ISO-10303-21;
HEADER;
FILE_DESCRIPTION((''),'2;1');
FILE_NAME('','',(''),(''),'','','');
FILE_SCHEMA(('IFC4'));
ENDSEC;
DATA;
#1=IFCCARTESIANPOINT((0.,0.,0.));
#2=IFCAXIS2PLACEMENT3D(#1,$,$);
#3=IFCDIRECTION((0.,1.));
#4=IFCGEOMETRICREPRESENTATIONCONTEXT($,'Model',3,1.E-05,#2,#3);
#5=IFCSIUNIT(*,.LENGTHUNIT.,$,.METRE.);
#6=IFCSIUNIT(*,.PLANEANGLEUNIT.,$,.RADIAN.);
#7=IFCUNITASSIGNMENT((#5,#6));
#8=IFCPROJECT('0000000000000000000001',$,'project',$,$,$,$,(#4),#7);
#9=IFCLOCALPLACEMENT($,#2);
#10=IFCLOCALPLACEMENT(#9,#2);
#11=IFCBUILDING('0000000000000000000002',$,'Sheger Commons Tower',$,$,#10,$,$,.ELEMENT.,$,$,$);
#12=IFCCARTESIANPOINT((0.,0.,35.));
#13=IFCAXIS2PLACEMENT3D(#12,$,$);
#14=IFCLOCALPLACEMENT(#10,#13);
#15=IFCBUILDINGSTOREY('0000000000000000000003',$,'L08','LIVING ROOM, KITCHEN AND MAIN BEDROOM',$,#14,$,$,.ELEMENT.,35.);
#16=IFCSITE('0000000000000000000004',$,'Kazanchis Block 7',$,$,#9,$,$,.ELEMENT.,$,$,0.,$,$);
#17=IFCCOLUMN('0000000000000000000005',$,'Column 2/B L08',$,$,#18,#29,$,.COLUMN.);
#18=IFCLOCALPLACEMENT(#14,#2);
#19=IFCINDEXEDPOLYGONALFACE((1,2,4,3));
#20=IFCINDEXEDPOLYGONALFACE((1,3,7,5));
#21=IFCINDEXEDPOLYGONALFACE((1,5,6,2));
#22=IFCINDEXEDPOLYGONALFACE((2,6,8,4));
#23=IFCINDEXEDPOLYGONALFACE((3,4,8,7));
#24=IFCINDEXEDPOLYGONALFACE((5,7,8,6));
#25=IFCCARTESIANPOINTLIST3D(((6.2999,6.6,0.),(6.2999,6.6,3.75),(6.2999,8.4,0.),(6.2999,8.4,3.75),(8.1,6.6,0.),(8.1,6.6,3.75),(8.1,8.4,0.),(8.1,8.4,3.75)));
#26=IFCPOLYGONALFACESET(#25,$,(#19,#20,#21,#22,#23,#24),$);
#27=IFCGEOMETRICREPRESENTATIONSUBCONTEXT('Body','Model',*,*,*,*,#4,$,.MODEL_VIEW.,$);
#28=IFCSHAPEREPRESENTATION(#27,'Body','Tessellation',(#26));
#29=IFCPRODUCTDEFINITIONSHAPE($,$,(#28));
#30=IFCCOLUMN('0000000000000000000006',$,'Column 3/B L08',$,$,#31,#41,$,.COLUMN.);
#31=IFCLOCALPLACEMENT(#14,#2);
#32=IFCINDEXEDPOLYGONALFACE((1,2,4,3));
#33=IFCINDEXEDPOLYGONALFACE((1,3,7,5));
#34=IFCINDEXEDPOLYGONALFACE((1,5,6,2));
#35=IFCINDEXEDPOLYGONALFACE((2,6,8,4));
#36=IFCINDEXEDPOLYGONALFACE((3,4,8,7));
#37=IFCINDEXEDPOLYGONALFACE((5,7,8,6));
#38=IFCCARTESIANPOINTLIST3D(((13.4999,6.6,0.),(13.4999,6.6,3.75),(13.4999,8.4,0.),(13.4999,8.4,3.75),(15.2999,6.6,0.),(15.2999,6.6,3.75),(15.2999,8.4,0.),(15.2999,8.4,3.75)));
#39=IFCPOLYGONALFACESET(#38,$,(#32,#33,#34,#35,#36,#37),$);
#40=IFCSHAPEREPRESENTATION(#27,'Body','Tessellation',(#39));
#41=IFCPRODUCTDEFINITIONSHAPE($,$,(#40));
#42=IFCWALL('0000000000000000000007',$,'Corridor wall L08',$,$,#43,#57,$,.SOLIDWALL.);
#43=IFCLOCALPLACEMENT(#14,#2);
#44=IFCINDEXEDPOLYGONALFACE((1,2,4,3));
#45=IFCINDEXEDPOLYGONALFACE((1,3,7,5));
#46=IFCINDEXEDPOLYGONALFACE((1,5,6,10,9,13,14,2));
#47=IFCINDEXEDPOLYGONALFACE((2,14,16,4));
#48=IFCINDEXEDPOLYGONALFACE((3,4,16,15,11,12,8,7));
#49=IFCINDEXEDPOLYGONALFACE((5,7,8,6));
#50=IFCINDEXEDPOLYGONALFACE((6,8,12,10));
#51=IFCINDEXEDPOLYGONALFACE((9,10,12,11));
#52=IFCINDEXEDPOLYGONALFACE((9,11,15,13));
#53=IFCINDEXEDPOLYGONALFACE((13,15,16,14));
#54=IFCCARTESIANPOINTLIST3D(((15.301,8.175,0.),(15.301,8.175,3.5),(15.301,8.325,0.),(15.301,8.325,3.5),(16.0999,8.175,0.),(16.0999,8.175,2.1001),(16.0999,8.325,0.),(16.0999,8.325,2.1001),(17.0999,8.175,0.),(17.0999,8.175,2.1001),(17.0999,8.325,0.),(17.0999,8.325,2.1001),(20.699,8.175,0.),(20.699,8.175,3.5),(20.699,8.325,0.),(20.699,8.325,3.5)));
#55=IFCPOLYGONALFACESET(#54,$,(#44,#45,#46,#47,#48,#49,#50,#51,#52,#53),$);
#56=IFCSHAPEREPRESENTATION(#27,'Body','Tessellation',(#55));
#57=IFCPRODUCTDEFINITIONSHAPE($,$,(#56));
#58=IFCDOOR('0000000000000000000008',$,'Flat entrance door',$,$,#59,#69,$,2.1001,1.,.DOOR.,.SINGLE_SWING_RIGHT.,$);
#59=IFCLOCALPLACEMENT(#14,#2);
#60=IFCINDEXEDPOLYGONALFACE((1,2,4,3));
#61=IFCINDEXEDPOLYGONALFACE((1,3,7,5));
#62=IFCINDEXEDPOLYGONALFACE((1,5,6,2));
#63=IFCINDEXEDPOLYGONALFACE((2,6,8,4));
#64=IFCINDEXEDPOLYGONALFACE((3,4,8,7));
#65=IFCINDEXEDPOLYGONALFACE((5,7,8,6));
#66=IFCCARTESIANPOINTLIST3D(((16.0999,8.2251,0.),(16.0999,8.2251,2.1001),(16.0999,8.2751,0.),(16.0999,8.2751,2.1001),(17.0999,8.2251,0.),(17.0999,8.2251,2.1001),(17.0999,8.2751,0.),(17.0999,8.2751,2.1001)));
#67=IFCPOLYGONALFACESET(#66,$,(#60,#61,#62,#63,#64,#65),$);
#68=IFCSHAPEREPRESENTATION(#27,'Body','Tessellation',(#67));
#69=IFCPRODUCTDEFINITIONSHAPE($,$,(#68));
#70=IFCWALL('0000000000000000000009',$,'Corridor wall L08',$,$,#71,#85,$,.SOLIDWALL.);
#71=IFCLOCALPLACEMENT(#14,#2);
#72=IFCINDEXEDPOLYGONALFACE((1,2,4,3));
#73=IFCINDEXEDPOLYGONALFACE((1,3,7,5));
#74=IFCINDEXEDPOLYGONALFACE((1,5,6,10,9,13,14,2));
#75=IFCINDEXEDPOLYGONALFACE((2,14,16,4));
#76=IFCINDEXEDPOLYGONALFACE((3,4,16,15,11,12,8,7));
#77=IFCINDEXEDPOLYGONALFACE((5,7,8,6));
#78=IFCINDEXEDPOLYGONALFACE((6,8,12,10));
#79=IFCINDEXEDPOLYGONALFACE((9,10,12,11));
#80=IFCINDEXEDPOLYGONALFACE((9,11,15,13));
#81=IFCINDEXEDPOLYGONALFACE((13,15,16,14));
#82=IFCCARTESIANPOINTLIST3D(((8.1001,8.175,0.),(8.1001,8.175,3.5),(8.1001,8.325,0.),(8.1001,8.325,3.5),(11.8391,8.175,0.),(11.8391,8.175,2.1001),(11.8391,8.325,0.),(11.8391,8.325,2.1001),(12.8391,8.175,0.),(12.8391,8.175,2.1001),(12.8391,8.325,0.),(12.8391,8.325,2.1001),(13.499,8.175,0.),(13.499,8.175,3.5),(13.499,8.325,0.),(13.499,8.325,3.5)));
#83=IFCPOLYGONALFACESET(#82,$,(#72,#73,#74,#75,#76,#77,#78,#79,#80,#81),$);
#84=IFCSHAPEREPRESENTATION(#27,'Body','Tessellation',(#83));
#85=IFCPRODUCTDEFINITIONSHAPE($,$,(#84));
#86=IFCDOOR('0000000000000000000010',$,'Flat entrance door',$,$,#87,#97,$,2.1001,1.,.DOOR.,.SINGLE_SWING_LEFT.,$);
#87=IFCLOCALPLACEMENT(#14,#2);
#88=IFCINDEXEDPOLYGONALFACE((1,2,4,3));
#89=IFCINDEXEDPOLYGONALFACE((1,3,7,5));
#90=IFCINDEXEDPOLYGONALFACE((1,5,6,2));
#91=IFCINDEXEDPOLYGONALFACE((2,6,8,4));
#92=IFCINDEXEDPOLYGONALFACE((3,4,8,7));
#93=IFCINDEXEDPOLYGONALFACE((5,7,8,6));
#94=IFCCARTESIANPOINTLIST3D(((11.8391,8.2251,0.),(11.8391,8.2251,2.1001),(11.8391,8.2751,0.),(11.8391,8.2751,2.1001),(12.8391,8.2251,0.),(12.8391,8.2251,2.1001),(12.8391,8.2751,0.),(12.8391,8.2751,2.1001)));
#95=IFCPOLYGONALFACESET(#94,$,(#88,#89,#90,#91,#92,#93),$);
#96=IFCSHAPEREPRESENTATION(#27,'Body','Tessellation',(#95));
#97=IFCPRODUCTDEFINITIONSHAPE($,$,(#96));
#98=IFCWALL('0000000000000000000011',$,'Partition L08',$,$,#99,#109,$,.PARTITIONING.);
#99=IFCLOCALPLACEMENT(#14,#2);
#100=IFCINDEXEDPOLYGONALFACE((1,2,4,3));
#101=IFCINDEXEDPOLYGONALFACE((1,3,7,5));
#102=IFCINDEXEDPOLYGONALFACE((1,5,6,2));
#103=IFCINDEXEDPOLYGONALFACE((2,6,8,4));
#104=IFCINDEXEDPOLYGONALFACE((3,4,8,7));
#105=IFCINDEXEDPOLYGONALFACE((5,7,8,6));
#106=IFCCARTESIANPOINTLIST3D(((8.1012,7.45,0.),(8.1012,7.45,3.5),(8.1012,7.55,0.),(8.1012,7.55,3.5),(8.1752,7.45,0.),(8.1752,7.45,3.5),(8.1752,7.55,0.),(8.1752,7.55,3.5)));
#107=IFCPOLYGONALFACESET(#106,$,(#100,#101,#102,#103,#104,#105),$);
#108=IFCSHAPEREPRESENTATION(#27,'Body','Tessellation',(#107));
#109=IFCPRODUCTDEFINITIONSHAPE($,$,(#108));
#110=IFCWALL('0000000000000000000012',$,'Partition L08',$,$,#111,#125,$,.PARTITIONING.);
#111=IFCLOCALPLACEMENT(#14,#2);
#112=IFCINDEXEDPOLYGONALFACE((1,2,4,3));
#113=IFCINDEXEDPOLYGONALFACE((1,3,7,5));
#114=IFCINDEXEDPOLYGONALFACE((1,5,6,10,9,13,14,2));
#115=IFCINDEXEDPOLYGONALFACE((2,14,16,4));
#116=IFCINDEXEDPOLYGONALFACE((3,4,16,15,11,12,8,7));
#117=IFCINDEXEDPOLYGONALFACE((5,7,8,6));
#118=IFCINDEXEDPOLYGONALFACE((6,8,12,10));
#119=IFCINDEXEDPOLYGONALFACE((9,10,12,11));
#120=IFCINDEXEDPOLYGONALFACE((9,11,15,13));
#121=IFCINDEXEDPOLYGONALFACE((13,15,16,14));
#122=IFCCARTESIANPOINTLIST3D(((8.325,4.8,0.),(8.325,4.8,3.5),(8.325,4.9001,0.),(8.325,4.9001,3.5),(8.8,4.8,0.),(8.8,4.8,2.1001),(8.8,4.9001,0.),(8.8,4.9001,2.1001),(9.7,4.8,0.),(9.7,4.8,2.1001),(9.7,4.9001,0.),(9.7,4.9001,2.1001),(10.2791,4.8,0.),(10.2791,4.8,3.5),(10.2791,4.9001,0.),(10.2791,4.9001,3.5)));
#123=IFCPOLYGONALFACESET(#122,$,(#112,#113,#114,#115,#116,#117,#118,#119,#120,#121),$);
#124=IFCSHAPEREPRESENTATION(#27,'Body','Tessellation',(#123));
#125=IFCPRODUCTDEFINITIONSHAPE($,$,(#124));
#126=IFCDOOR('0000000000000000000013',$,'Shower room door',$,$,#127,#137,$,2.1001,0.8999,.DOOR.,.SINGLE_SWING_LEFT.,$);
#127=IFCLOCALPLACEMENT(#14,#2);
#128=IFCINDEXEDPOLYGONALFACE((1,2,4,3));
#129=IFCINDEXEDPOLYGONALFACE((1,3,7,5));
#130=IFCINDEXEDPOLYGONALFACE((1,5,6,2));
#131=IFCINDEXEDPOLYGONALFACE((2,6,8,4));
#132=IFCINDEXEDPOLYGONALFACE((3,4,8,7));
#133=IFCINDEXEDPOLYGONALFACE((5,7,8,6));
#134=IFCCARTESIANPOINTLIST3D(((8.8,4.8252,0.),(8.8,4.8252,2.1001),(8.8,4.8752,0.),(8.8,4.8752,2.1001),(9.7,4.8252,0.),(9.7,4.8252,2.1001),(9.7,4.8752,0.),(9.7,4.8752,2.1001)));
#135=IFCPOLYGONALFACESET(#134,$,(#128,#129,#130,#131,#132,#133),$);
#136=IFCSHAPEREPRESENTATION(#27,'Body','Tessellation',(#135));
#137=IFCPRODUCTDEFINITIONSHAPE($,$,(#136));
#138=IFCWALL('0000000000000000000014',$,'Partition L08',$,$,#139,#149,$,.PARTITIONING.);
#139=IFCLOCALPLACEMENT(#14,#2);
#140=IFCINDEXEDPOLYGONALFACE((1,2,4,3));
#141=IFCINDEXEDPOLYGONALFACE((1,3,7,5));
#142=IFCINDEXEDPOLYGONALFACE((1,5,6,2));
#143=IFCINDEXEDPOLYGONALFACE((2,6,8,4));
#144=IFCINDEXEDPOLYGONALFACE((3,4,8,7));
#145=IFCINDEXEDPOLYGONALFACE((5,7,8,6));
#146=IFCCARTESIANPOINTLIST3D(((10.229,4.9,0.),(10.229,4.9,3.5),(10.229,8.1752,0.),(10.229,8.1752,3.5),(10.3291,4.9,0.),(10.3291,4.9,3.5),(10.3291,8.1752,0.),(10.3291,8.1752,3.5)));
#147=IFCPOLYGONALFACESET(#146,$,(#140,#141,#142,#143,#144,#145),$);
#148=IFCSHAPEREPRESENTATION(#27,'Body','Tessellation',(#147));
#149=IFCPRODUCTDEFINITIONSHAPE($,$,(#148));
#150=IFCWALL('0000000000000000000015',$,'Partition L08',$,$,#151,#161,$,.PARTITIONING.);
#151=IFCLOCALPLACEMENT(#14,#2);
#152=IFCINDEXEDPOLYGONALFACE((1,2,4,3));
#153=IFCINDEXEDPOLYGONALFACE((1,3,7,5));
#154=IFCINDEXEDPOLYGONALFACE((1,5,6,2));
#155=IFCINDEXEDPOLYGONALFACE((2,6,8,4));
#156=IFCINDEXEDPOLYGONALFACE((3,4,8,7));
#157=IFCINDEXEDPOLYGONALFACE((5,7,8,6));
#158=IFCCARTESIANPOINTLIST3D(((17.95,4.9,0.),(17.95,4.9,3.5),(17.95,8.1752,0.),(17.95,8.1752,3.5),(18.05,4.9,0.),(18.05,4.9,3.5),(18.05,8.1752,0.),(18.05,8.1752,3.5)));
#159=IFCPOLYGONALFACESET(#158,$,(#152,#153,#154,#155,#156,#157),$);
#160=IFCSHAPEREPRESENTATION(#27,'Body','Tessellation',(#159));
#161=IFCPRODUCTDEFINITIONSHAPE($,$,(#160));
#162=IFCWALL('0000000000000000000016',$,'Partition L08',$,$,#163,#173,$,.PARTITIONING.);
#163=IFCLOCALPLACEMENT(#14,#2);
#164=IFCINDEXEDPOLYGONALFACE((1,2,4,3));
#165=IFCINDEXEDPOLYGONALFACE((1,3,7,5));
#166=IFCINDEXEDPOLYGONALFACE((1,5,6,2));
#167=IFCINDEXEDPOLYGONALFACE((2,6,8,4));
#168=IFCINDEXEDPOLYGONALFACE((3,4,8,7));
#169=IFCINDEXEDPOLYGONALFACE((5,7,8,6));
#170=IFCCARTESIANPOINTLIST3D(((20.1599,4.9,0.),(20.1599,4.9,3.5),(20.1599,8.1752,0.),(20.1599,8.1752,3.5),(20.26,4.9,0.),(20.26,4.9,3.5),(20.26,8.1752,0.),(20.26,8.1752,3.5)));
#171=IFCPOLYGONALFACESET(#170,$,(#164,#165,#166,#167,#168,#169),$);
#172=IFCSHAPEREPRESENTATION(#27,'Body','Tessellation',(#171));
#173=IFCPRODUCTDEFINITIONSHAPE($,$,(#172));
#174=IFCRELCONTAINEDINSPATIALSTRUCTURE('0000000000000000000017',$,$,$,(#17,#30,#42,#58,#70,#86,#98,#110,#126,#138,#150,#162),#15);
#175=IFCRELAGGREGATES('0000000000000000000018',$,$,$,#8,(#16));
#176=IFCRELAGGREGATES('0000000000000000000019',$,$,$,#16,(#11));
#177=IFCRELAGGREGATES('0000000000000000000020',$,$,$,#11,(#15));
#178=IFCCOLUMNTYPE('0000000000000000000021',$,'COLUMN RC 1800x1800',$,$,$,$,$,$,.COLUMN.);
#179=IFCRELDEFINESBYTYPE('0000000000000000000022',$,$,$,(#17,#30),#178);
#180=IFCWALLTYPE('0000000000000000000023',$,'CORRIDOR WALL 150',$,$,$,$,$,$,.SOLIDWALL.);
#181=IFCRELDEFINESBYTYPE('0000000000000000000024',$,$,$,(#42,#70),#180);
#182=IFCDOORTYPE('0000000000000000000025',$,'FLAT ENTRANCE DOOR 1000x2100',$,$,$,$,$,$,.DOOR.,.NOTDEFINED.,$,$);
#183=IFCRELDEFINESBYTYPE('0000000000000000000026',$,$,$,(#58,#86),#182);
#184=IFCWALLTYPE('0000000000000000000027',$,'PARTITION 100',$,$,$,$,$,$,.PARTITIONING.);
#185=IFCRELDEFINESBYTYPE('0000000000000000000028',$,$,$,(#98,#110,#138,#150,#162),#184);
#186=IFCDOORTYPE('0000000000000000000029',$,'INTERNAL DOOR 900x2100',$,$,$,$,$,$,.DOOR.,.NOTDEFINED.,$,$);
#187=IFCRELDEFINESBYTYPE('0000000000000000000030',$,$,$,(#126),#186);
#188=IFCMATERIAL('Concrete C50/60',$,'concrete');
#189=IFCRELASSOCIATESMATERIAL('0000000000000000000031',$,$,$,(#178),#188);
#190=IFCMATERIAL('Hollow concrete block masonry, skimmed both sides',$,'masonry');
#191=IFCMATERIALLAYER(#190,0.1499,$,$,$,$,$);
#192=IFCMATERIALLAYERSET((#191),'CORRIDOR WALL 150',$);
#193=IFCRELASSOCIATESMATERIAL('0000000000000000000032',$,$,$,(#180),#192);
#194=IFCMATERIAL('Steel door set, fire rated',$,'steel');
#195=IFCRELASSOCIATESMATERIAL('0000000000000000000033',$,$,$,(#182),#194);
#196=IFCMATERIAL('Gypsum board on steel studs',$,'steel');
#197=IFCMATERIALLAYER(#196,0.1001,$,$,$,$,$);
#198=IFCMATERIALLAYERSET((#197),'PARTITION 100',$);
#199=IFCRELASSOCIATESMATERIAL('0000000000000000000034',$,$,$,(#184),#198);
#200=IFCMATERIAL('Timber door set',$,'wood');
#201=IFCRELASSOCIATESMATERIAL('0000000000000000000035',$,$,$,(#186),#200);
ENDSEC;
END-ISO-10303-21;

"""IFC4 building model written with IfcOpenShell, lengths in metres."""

from ifc_helpers import new_model, si_unit, direction, frame, frame_2d, origin, origin_2d, place, context, subcontext, project, spatial, rectangle, extrude, material, layer, layer_set, material_profile, profile_set, type_object, element, fill, save


model = new_model("IFC4")

# Units and contexts
model_context = context("Model", 3, precision=1e-05, world=origin(), true_north=direction((0.0, 1.0)))
body_context = subcontext(model_context, "Body", "Model", "MODEL_VIEW")
ifc_project = project(units=[si_unit("LENGTHUNIT", "METRE"), si_unit("PLANEANGLEUNIT", "RADIAN")], contexts=[model_context])

# Site, building, storey
site_placement = place(None, origin())
site = spatial("IfcSite", under=ifc_project, at=site_placement, Name="Kazanchis Block 7", CompositionType="ELEMENT", RefElevation=0.0)
building_placement = place(site_placement, origin())
building = spatial("IfcBuilding", under=site, at=building_placement, Name="Sheger Commons Tower", CompositionType="ELEMENT")
storey_placement = place(building_placement, frame((0.0, 0.0, 35.0)))
storey = spatial("IfcBuildingStorey", under=building, at=storey_placement, Name="L08", Description="LIVING ROOM, KITCHEN AND MAIN BEDROOM", CompositionType="ELEMENT", Elevation=35.0)

# Columns
ifc_material_1 = material(Name="Concrete C50/60", Category="concrete")
ifc_material_profile = material_profile(ifc_material_1, rectangle(XDim=1.8, YDim=1.8, at=origin_2d()), Name="RC 1800x1800")
ifc_profile_set = profile_set([ifc_material_profile], Name="Concrete C50/60")
column_type = type_object("IfcColumnType", Name="COLUMN RC 1800x1800", PredefinedType="COLUMN", material=ifc_profile_set)
for number, where, z_axis, x_axis, name in (
    (1, (7.2, 7.5, 0.0), (0.0, 0.0, 1.0), (1.0, 0.0, 0.0), "Column 2/B L08"),
    (2, (14.3999, 7.5, 0.0), (0.0, 0.0, 1.0), (1.0, 0.0, 0.0), "Column 3/B L08"),
):
    element("IfcColumn", number, at=place(storey_placement, frame(where, z_axis=z_axis, x_axis=x_axis)), inside=storey, type_object=column_type, Name=name, PredefinedType="COLUMN", context=body_context, shape_type="SweptSolid", body=[
        extrude(rectangle(XDim=1.8, YDim=1.8, at=origin_2d()), origin(), (0.0, 0.0, 1.0), 3.75),
    ])

# Walls, openings, doors
ifc_material_2 = material(Name="Hollow concrete block masonry, skimmed both sides", Category="masonry")
ifc_layer_1 = layer(ifc_material_2, 0.1499)
ifc_layer_set_1 = layer_set([ifc_layer_1], Name="CORRIDOR WALL 150")
wall_type_1 = type_object("IfcWallType", Name="CORRIDOR WALL 150", PredefinedType="SOLIDWALL", material=ifc_layer_set_1)
wall_1_placement = place(storey_placement, frame((20.699, 8.25, 0.0), z_axis=(0.0, 0.0, 1.0), x_axis=(-1.0, 0.0, 0.0)))
wall_1 = element("IfcWall", 3, at=wall_1_placement, inside=storey, type_object=wall_type_1, Name="Corridor wall L08", PredefinedType="SOLIDWALL", context=body_context, shape_type="SweptSolid", body=[
    extrude(rectangle(XDim=5.3979, YDim=0.1499, at=frame_2d((2.699, 0.0))), origin(), (0.0, 0.0, 1.0), 3.5),
])
opening_1_placement = place(wall_1_placement, frame((3.5991, 0.0, 0.0)))
opening_1 = element("IfcOpeningElement", 4, at=opening_1_placement, cuts=wall_1, PredefinedType="OPENING", context=body_context, shape_type="SweptSolid", body=[
    extrude(rectangle(XDim=1.0, YDim=2.1001, at=frame_2d((0.5, 1.05))), frame((0.0, 0.085, 0.0), z_axis=(0.0, -1.0, 0.0), x_axis=(1.0, 0.0, 0.0)), (0.0, 0.0, 1.0), 0.1699),
])
ifc_material_3 = material(Name="Steel door set, fire rated", Category="steel")
door_type_1 = type_object("IfcDoorType", Name="FLAT ENTRANCE DOOR 1000x2100", OperationType="NOTDEFINED", PredefinedType="DOOR", material=ifc_material_3)
door_1_placement = place(opening_1_placement, origin())
door_1 = element("IfcDoor", 5, at=door_1_placement, inside=storey, type_object=door_type_1, Name="Flat entrance door", OperationType="SINGLE_SWING_RIGHT", OverallHeight=2.1001, OverallWidth=1.0, PredefinedType="DOOR", context=body_context, shape_type="SweptSolid", body=[
    extrude(rectangle(XDim=1.0, YDim=2.1001, at=frame_2d((0.5, 1.05))), frame((0.0, 0.0249, 0.0), z_axis=(0.0, -1.0, 0.0), x_axis=(1.0, 0.0, 0.0)), (0.0, 0.0, 1.0), 0.05),
])
fill(opening_1, door_1)
wall_2_placement = place(storey_placement, frame((13.499, 8.25, 0.0), z_axis=(0.0, 0.0, 1.0), x_axis=(-1.0, 0.0, 0.0)))
wall_2 = element("IfcWall", 6, at=wall_2_placement, inside=storey, type_object=wall_type_1, Name="Corridor wall L08", PredefinedType="SOLIDWALL", context=body_context, shape_type="SweptSolid", body=[
    extrude(rectangle(XDim=5.3989, YDim=0.1499, at=frame_2d((2.6995, 0.0))), origin(), (0.0, 0.0, 1.0), 3.5),
])
opening_2_placement = place(wall_2_placement, frame((0.6599, 0.0, 0.0)))
opening_2 = element("IfcOpeningElement", 7, at=opening_2_placement, cuts=wall_2, PredefinedType="OPENING", context=body_context, shape_type="SweptSolid", body=[
    extrude(rectangle(XDim=1.0, YDim=2.1001, at=frame_2d((0.5, 1.05))), frame((0.0, 0.085, 0.0), z_axis=(0.0, -1.0, 0.0), x_axis=(1.0, 0.0, 0.0)), (0.0, 0.0, 1.0), 0.1699),
])
door_2_placement = place(opening_2_placement, origin())
door_2 = element("IfcDoor", 8, at=door_2_placement, inside=storey, type_object=door_type_1, Name="Flat entrance door", OperationType="SINGLE_SWING_LEFT", OverallHeight=2.1001, OverallWidth=1.0, PredefinedType="DOOR", context=body_context, shape_type="SweptSolid", body=[
    extrude(rectangle(XDim=1.0, YDim=2.1001, at=frame_2d((0.5, 1.05))), frame((0.0, 0.0249, 0.0), z_axis=(0.0, -1.0, 0.0), x_axis=(1.0, 0.0, 0.0)), (0.0, 0.0, 1.0), 0.05),
])
fill(opening_2, door_2)

# Wall
ifc_material_4 = material(Name="Gypsum board on steel studs", Category="steel")
ifc_layer_2 = layer(ifc_material_4, 0.1001)
ifc_layer_set_2 = layer_set([ifc_layer_2], Name="PARTITION 100")
wall_type_2 = type_object("IfcWallType", Name="PARTITION 100", PredefinedType="PARTITIONING", material=ifc_layer_set_2)
wall_3_placement = place(storey_placement, frame((8.1011, 7.5, 0.0), z_axis=(0.0, 0.0, 1.0), x_axis=(1.0, 0.0, 0.0)))
element("IfcWall", 9, at=wall_3_placement, inside=storey, type_object=wall_type_2, Name="Partition L08", PredefinedType="PARTITIONING", context=body_context, shape_type="SweptSolid", body=[
    extrude(rectangle(XDim=0.074, YDim=0.1001, at=frame_2d((0.0371, 0.0))), origin(), (0.0, 0.0, 1.0), 3.5),
])

# Wall, opening, door
wall_4_placement = place(storey_placement, frame((10.2791, 4.8501, 0.0), z_axis=(0.0, 0.0, 1.0), x_axis=(-1.0, 0.0, 0.0)))
wall_4 = element("IfcWall", 10, at=wall_4_placement, inside=storey, type_object=wall_type_2, Name="Partition L08", PredefinedType="PARTITIONING", context=body_context, shape_type="SweptSolid", body=[
    extrude(rectangle(XDim=1.9541, YDim=0.1001, at=frame_2d((0.9771, 0.0))), origin(), (0.0, 0.0, 1.0), 3.5),
])
opening_3_placement = place(wall_4_placement, frame((0.5791, 0.0, 0.0)))
opening_3 = element("IfcOpeningElement", 11, at=opening_3_placement, cuts=wall_4, PredefinedType="OPENING", context=body_context, shape_type="SweptSolid", body=[
    extrude(rectangle(XDim=0.8999, YDim=2.1001, at=frame_2d((0.45, 1.05))), frame((0.0, 0.0601, 0.0), z_axis=(0.0, -1.0, 0.0), x_axis=(1.0, 0.0, 0.0)), (0.0, 0.0, 1.0), 0.1201),
])
ifc_material_5 = material(Name="Timber door set", Category="wood")
door_type_2 = type_object("IfcDoorType", Name="INTERNAL DOOR 900x2100", OperationType="NOTDEFINED", PredefinedType="DOOR", material=ifc_material_5)
door_3_placement = place(opening_3_placement, origin())
door_3 = element("IfcDoor", 12, at=door_3_placement, inside=storey, type_object=door_type_2, Name="Shower room door", OperationType="SINGLE_SWING_LEFT", OverallHeight=2.1001, OverallWidth=0.8999, PredefinedType="DOOR", context=body_context, shape_type="SweptSolid", body=[
    extrude(rectangle(XDim=0.8999, YDim=2.1001, at=frame_2d((0.45, 1.05))), frame((0.0, 0.0249, 0.0), z_axis=(0.0, -1.0, 0.0), x_axis=(1.0, 0.0, 0.0)), (0.0, 0.0, 1.0), 0.05),
])
fill(opening_3, door_3)

# Walls
for number, where, z_axis, x_axis, name in (
    (13, (10.2791, 4.8999, 0.0), (0.0, 0.0, 1.0), (0.0, 1.0, 0.0), "Partition L08"),
    (14, (18.0, 4.8999, 0.0), (0.0, 0.0, 1.0), (0.0, 1.0, 0.0), "Partition L08"),
    (15, (20.21, 4.8999, 0.0), (0.0, 0.0, 1.0), (0.0, 1.0, 0.0), "Partition L08"),
):
    element("IfcWall", number, at=place(storey_placement, frame(where, z_axis=z_axis, x_axis=x_axis)), inside=storey, type_object=wall_type_2, Name=name, PredefinedType="PARTITIONING", context=body_context, shape_type="SweptSolid", body=[
        extrude(rectangle(XDim=3.2751, YDim=0.1001, at=frame_2d((1.6377, 0.0))), origin(), (0.0, 0.0, 1.0), 3.5),
    ])

save(model, "model.ifc")
